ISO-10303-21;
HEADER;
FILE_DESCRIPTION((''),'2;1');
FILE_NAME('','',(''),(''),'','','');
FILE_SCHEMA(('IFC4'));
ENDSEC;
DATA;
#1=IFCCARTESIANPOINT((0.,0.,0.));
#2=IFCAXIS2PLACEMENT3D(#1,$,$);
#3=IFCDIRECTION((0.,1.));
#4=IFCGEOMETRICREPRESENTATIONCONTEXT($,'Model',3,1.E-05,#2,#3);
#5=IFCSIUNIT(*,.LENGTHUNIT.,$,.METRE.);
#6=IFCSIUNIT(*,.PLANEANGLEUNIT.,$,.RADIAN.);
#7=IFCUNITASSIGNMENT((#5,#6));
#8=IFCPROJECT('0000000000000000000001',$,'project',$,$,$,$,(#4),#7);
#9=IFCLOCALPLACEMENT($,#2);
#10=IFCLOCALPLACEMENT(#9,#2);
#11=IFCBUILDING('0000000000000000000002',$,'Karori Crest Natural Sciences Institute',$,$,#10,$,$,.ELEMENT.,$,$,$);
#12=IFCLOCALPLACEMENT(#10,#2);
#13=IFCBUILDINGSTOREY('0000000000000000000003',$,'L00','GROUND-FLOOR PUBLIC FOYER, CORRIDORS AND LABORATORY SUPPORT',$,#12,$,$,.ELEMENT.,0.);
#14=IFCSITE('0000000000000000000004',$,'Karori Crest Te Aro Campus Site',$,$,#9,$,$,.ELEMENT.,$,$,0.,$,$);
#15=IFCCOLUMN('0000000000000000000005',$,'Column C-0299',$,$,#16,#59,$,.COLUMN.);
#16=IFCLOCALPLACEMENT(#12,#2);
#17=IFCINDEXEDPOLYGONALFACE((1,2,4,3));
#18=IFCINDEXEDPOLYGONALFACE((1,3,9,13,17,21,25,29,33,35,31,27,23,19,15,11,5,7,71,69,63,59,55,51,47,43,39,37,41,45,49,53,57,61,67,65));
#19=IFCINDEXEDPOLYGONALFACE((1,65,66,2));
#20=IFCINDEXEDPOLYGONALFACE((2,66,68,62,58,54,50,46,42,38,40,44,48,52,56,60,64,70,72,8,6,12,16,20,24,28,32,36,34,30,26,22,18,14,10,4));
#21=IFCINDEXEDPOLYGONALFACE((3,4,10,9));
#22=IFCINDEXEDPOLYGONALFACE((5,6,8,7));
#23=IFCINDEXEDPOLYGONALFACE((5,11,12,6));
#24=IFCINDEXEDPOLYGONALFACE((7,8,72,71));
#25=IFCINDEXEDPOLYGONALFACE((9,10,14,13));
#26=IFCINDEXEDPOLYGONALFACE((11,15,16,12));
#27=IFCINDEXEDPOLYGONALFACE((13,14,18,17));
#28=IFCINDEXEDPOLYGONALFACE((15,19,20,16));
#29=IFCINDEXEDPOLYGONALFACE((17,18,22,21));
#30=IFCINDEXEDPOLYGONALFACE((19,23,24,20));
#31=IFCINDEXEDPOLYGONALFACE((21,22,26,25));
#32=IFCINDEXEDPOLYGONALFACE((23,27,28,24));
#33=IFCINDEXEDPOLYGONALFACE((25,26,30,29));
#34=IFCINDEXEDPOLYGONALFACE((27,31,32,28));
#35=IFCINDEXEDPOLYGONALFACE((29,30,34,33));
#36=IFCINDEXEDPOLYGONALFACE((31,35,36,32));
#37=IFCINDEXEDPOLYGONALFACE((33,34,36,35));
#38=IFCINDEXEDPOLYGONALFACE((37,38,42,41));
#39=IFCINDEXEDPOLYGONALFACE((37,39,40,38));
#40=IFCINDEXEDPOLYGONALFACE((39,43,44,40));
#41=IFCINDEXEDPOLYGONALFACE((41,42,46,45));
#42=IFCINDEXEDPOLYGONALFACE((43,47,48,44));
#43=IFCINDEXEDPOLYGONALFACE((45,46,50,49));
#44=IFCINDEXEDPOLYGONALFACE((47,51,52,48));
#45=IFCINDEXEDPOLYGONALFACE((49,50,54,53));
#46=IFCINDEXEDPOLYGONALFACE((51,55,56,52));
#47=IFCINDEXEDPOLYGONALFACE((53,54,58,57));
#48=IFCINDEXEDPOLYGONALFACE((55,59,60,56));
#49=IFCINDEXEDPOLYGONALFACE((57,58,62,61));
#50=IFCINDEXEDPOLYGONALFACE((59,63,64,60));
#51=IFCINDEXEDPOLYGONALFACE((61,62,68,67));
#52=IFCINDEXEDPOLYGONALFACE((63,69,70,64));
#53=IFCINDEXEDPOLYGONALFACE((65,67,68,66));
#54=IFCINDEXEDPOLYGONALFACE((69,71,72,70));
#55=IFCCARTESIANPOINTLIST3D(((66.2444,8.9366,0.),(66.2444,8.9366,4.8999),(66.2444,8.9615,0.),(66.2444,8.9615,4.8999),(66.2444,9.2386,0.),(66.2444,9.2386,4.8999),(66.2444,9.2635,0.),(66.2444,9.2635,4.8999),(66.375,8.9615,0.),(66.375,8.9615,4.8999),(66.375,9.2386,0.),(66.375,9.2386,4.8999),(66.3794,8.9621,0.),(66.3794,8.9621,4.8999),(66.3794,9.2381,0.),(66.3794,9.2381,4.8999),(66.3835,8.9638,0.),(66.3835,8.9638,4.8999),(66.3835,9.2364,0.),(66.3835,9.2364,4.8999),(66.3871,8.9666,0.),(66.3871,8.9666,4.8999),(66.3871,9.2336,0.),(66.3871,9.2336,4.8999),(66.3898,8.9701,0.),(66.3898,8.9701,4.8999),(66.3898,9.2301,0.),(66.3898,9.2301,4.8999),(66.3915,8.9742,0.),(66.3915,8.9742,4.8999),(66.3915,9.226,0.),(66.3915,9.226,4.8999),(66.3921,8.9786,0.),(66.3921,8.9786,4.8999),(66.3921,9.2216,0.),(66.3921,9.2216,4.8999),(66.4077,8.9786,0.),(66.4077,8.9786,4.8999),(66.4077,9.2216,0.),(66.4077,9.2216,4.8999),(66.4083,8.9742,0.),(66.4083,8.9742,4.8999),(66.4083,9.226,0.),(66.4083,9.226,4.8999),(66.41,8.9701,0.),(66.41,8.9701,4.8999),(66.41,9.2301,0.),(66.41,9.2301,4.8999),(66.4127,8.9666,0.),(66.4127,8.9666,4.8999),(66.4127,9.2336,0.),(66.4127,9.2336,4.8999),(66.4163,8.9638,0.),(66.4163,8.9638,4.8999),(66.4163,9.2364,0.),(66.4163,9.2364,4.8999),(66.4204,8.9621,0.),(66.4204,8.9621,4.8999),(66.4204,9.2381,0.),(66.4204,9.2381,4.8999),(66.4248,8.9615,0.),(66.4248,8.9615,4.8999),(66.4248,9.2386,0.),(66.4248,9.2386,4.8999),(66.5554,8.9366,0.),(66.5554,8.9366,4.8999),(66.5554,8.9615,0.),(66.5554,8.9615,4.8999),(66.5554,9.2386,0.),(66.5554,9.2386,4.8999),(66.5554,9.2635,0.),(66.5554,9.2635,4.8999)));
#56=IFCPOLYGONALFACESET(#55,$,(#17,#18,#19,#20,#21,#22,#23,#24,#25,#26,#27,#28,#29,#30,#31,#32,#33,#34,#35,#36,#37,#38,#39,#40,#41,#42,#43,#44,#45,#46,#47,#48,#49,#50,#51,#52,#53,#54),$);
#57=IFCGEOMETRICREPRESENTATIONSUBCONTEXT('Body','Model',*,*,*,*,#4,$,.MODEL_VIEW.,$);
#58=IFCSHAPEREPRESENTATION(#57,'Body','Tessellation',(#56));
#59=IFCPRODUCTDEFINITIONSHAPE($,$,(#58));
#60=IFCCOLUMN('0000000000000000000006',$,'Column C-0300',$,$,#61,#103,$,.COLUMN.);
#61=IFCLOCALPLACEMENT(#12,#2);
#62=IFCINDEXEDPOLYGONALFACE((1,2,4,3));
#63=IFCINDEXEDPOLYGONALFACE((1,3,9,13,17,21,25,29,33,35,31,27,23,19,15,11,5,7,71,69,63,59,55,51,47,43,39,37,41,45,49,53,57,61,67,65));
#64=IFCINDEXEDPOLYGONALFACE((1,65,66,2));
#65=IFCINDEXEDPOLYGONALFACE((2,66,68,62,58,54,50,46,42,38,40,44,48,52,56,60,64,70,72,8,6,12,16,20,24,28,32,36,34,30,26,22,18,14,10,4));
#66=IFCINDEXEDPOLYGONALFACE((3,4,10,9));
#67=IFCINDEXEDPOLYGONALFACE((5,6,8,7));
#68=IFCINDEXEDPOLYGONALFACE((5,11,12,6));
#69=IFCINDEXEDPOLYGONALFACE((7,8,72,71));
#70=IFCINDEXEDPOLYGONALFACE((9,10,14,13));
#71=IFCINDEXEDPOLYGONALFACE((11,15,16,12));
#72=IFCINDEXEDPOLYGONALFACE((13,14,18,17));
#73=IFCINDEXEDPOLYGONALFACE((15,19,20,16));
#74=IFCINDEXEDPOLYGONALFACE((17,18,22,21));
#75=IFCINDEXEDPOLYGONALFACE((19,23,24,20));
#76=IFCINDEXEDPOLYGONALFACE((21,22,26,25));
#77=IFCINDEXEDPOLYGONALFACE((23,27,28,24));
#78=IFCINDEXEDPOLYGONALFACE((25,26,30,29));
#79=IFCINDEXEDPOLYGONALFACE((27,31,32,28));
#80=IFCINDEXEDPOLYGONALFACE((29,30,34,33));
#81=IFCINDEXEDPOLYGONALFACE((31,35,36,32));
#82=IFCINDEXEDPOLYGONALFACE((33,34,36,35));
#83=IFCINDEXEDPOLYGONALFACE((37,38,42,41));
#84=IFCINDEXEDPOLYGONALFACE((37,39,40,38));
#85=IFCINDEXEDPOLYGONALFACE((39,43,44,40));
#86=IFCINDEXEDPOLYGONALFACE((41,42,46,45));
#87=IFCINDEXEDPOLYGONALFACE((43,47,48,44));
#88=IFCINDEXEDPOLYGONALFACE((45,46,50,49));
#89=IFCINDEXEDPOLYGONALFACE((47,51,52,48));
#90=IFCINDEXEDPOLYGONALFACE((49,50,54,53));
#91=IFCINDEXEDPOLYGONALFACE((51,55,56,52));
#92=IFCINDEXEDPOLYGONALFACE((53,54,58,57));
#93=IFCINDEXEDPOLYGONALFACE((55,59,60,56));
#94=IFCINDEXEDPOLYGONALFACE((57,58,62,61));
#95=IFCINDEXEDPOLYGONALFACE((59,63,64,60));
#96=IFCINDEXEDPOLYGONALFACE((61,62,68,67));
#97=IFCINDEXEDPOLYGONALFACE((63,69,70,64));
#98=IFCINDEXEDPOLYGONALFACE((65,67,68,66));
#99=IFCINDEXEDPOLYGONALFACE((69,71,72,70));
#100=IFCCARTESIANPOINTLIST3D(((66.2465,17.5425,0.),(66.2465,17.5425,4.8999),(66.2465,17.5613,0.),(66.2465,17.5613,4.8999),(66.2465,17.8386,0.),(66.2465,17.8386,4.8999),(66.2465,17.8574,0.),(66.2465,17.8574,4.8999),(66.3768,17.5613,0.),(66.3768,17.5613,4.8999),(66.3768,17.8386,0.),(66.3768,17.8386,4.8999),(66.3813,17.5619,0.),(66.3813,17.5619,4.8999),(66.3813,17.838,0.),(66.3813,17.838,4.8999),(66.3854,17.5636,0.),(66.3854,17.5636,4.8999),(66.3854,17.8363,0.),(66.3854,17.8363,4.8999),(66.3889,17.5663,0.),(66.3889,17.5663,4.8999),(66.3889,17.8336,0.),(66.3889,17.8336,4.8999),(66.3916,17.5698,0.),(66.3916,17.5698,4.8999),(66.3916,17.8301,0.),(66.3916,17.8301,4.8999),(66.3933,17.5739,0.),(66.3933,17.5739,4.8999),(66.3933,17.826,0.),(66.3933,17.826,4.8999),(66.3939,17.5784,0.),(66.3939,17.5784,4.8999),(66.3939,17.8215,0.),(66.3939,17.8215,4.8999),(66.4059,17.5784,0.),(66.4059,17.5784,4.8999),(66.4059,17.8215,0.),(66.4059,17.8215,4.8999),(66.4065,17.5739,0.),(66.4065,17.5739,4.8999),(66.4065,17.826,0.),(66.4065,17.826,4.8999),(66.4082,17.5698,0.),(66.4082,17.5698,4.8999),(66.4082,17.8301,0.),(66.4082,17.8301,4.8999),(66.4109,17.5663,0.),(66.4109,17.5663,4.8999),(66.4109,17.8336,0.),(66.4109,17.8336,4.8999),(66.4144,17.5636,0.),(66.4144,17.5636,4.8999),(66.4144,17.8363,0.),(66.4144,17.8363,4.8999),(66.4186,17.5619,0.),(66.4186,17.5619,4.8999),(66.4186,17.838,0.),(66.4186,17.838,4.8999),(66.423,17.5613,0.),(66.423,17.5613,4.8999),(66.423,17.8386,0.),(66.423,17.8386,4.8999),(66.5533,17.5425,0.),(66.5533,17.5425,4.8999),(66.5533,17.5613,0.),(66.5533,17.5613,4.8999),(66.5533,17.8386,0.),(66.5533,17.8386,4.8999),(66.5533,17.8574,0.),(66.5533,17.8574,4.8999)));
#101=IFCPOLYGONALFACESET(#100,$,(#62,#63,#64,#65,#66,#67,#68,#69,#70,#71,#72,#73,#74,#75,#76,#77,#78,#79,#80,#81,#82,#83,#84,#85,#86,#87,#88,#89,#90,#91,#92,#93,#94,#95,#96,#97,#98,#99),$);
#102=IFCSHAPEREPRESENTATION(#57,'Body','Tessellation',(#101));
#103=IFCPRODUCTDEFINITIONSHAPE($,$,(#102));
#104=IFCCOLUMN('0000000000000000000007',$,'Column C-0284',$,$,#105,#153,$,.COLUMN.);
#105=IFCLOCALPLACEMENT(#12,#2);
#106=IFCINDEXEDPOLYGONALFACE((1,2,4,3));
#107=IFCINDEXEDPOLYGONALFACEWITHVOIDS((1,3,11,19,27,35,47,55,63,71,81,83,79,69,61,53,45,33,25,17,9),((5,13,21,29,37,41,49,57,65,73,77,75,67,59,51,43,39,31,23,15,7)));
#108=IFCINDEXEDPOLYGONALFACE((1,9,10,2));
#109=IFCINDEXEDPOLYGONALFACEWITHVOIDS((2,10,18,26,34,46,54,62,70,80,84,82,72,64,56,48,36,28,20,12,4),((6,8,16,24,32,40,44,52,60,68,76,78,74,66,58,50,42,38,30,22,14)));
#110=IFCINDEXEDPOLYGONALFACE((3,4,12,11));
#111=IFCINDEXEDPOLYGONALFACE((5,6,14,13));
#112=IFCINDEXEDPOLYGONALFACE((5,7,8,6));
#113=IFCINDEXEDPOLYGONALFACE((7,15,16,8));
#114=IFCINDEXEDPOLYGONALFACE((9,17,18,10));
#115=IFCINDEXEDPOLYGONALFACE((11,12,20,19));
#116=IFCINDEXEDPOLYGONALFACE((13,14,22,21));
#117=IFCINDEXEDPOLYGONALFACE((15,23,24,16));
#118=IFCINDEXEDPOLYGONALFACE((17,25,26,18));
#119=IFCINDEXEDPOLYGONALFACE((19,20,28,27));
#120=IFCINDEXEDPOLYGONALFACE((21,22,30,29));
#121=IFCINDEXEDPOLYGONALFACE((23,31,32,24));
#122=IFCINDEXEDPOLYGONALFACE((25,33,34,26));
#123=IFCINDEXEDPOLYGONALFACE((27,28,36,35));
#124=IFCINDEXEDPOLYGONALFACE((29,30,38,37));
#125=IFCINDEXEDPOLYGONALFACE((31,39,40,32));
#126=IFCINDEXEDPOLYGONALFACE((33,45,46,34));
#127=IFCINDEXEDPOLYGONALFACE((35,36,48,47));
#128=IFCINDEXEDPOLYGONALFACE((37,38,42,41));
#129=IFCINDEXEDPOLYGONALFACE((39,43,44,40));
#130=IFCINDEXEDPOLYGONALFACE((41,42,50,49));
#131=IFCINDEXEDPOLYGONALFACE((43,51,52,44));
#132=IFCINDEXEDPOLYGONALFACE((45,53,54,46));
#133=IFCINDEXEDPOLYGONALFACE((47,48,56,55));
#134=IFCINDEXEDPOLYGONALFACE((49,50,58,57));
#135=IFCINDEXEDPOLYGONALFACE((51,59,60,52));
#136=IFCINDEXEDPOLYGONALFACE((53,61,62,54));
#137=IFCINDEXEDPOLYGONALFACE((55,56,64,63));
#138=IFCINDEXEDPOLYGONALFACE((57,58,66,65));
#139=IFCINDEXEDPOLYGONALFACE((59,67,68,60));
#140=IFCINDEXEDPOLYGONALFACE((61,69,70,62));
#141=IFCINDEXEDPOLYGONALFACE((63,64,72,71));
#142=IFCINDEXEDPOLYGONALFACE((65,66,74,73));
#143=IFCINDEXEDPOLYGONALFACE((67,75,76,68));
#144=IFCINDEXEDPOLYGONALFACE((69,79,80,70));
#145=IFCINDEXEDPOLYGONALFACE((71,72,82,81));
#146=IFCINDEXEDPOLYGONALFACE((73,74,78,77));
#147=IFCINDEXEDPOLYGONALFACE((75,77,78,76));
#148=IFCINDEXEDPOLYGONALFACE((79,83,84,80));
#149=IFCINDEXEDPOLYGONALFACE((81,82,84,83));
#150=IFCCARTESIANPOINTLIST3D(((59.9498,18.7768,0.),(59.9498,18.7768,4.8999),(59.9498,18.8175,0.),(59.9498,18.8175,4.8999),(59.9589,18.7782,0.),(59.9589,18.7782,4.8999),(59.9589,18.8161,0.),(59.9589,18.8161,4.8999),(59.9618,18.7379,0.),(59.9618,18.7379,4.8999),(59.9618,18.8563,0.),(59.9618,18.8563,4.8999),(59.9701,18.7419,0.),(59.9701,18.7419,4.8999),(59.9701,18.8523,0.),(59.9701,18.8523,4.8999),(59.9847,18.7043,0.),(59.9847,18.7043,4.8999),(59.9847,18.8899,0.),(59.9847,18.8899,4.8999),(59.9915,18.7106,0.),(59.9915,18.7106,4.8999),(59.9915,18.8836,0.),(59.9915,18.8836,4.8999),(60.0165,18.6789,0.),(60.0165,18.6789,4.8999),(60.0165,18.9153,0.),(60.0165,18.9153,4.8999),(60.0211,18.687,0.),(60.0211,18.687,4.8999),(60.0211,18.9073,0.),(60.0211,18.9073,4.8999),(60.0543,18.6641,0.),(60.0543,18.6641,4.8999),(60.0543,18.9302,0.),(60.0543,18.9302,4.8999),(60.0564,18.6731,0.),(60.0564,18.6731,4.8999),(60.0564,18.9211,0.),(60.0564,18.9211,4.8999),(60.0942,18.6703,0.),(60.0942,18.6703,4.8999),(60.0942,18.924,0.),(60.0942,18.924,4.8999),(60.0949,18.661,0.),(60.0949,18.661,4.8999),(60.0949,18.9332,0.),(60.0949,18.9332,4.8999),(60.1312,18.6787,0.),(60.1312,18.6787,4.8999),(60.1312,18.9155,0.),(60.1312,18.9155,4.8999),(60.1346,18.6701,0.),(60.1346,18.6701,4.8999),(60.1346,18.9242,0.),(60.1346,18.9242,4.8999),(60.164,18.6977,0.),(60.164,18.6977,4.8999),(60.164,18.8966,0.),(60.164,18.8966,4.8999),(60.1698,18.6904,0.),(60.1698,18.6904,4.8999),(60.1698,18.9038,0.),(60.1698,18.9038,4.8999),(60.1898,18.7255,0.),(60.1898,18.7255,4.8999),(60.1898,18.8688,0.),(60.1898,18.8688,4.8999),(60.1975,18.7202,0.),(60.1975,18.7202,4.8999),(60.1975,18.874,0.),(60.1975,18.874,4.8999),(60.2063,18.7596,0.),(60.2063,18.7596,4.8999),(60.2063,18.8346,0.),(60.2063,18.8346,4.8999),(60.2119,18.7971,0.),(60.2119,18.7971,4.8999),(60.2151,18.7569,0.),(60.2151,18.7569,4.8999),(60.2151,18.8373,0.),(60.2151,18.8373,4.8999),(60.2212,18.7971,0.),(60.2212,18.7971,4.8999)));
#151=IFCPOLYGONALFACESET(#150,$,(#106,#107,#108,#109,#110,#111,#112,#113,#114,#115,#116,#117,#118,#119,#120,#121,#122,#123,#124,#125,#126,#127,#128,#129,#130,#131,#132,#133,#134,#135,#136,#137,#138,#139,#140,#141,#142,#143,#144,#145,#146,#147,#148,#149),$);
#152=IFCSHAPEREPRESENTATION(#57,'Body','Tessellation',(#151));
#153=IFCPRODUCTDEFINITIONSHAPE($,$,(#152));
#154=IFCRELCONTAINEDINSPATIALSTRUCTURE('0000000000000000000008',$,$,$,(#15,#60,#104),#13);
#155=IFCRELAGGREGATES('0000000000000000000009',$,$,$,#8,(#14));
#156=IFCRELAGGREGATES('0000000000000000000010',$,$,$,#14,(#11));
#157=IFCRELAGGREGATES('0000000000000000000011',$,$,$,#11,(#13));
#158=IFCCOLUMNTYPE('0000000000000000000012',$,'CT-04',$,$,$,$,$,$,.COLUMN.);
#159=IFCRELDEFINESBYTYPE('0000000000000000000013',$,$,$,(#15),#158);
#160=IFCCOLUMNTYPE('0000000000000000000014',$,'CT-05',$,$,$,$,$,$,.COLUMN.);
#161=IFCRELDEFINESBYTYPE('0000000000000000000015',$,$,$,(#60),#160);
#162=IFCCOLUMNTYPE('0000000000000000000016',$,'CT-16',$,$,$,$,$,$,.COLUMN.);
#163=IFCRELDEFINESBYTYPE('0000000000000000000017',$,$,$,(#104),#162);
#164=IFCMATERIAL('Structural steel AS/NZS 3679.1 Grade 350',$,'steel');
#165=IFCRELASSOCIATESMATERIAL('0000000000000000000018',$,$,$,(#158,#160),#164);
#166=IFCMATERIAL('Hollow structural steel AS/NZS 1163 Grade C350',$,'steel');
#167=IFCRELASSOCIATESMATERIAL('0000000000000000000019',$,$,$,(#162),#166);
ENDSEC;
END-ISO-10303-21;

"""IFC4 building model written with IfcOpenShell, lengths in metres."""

from ifc_helpers import new_model, si_unit, direction, frame, origin, origin_2d, place, context, subcontext, project, spatial, hollow_circle, i_section, extrude, material, material_profile, profile_set, type_object, element, save


model = new_model("IFC4")

# Units and contexts
model_context = context("Model", 3, precision=1e-05, world=origin(), true_north=direction((0.0, 1.0)))
body_context = subcontext(model_context, "Body", "Model", "MODEL_VIEW")
ifc_project = project(units=[si_unit("LENGTHUNIT", "METRE"), si_unit("PLANEANGLEUNIT", "RADIAN")], contexts=[model_context])

# Site, building, storey
site_placement = place(None, origin())
site = spatial("IfcSite", under=ifc_project, at=site_placement, Name="Karori Crest Te Aro Campus Site", CompositionType="ELEMENT", RefElevation=0.0)
building_placement = place(site_placement, origin())
building = spatial("IfcBuilding", under=site, at=building_placement, Name="Karori Crest Natural Sciences Institute", CompositionType="ELEMENT")
storey_placement = place(building_placement, origin())
storey = spatial("IfcBuildingStorey", under=building, at=storey_placement, Name="L00", Description="GROUND-FLOOR PUBLIC FOYER, CORRIDORS AND LABORATORY SUPPORT", CompositionType="ELEMENT", Elevation=0.0)

# Columns
ifc_material_1 = material(Name="Structural steel AS/NZS 3679.1 Grade 350", Category="steel")
ifc_material_profile_1 = material_profile(ifc_material_1, i_section(OverallWidth=0.311, OverallDepth=0.3269, WebThickness=0.0156, FlangeThickness=0.0249, FilletRadius=0.0171, at=origin_2d()), Name="310UC158")
ifc_profile_set_1 = profile_set([ifc_material_profile_1], Name="Structural steel AS/NZS 3679.1 Grade 350")
column_type_1 = type_object("IfcColumnType", Name="CT-04", PredefinedType="COLUMN", material=ifc_profile_set_1)
column_1_placement = place(storey_placement, frame((66.3999, 9.1001, 0.0), z_axis=(0.0, 0.0, 1.0), x_axis=(1.0, 0.0, 0.0)))
element("IfcColumn", 1, at=column_1_placement, inside=storey, type_object=column_type_1, Name="Column C-0299", PredefinedType="COLUMN", context=body_context, shape_type="SweptSolid", body=[
    extrude(i_section(OverallWidth=0.311, OverallDepth=0.3269, WebThickness=0.0156, FlangeThickness=0.0249, FilletRadius=0.0171, at=origin_2d()), origin(), (0.0, 0.0, 1.0), 4.8999),
])
ifc_material_profile_2 = material_profile(ifc_material_1, i_section(OverallWidth=0.3069, OverallDepth=0.3149, WebThickness=0.012, FlangeThickness=0.0188, FilletRadius=0.0171, at=origin_2d()), Name="310UC118")
ifc_profile_set_2 = profile_set([ifc_material_profile_2], Name="Structural steel AS/NZS 3679.1 Grade 350")
column_type_2 = type_object("IfcColumnType", Name="CT-05", PredefinedType="COLUMN", material=ifc_profile_set_2)
column_2_placement = place(storey_placement, frame((66.3999, 17.7, 0.0), z_axis=(0.0, 0.0, 1.0), x_axis=(1.0, 0.0, 0.0)))
element("IfcColumn", 2, at=column_2_placement, inside=storey, type_object=column_type_2, Name="Column C-0300", PredefinedType="COLUMN", context=body_context, shape_type="SweptSolid", body=[
    extrude(i_section(OverallWidth=0.3069, OverallDepth=0.3149, WebThickness=0.012, FlangeThickness=0.0188, FilletRadius=0.0171, at=origin_2d()), origin(), (0.0, 0.0, 1.0), 4.8999),
])
ifc_material_2 = material(Name="Hollow structural steel AS/NZS 1163 Grade C350", Category="steel")
ifc_material_profile_3 = material_profile(ifc_material_2, hollow_circle(Radius=0.1365, WallThickness=0.0093, at=origin_2d()), Name="CHS273.0x9.3")
ifc_profile_set_3 = profile_set([ifc_material_profile_3], Name="Hollow structural steel AS/NZS 1163 Grade C350")
column_type_3 = type_object("IfcColumnType", Name="CT-16", PredefinedType="COLUMN", material=ifc_profile_set_3)
column_3_placement = place(storey_placement, frame((60.0847, 18.7971, 0.0), z_axis=(0.0, 0.0, 1.0), x_axis=(1.0, 0.0, 0.0)))
element("IfcColumn", 3, at=column_3_placement, inside=storey, type_object=column_type_3, Name="Column C-0284", PredefinedType="COLUMN", context=body_context, shape_type="SweptSolid", body=[
    extrude(hollow_circle(Radius=0.1365, WallThickness=0.0093, at=origin_2d()), origin(), (0.0, 0.0, 1.0), 4.8999),
])

save(model, "model.ifc")
